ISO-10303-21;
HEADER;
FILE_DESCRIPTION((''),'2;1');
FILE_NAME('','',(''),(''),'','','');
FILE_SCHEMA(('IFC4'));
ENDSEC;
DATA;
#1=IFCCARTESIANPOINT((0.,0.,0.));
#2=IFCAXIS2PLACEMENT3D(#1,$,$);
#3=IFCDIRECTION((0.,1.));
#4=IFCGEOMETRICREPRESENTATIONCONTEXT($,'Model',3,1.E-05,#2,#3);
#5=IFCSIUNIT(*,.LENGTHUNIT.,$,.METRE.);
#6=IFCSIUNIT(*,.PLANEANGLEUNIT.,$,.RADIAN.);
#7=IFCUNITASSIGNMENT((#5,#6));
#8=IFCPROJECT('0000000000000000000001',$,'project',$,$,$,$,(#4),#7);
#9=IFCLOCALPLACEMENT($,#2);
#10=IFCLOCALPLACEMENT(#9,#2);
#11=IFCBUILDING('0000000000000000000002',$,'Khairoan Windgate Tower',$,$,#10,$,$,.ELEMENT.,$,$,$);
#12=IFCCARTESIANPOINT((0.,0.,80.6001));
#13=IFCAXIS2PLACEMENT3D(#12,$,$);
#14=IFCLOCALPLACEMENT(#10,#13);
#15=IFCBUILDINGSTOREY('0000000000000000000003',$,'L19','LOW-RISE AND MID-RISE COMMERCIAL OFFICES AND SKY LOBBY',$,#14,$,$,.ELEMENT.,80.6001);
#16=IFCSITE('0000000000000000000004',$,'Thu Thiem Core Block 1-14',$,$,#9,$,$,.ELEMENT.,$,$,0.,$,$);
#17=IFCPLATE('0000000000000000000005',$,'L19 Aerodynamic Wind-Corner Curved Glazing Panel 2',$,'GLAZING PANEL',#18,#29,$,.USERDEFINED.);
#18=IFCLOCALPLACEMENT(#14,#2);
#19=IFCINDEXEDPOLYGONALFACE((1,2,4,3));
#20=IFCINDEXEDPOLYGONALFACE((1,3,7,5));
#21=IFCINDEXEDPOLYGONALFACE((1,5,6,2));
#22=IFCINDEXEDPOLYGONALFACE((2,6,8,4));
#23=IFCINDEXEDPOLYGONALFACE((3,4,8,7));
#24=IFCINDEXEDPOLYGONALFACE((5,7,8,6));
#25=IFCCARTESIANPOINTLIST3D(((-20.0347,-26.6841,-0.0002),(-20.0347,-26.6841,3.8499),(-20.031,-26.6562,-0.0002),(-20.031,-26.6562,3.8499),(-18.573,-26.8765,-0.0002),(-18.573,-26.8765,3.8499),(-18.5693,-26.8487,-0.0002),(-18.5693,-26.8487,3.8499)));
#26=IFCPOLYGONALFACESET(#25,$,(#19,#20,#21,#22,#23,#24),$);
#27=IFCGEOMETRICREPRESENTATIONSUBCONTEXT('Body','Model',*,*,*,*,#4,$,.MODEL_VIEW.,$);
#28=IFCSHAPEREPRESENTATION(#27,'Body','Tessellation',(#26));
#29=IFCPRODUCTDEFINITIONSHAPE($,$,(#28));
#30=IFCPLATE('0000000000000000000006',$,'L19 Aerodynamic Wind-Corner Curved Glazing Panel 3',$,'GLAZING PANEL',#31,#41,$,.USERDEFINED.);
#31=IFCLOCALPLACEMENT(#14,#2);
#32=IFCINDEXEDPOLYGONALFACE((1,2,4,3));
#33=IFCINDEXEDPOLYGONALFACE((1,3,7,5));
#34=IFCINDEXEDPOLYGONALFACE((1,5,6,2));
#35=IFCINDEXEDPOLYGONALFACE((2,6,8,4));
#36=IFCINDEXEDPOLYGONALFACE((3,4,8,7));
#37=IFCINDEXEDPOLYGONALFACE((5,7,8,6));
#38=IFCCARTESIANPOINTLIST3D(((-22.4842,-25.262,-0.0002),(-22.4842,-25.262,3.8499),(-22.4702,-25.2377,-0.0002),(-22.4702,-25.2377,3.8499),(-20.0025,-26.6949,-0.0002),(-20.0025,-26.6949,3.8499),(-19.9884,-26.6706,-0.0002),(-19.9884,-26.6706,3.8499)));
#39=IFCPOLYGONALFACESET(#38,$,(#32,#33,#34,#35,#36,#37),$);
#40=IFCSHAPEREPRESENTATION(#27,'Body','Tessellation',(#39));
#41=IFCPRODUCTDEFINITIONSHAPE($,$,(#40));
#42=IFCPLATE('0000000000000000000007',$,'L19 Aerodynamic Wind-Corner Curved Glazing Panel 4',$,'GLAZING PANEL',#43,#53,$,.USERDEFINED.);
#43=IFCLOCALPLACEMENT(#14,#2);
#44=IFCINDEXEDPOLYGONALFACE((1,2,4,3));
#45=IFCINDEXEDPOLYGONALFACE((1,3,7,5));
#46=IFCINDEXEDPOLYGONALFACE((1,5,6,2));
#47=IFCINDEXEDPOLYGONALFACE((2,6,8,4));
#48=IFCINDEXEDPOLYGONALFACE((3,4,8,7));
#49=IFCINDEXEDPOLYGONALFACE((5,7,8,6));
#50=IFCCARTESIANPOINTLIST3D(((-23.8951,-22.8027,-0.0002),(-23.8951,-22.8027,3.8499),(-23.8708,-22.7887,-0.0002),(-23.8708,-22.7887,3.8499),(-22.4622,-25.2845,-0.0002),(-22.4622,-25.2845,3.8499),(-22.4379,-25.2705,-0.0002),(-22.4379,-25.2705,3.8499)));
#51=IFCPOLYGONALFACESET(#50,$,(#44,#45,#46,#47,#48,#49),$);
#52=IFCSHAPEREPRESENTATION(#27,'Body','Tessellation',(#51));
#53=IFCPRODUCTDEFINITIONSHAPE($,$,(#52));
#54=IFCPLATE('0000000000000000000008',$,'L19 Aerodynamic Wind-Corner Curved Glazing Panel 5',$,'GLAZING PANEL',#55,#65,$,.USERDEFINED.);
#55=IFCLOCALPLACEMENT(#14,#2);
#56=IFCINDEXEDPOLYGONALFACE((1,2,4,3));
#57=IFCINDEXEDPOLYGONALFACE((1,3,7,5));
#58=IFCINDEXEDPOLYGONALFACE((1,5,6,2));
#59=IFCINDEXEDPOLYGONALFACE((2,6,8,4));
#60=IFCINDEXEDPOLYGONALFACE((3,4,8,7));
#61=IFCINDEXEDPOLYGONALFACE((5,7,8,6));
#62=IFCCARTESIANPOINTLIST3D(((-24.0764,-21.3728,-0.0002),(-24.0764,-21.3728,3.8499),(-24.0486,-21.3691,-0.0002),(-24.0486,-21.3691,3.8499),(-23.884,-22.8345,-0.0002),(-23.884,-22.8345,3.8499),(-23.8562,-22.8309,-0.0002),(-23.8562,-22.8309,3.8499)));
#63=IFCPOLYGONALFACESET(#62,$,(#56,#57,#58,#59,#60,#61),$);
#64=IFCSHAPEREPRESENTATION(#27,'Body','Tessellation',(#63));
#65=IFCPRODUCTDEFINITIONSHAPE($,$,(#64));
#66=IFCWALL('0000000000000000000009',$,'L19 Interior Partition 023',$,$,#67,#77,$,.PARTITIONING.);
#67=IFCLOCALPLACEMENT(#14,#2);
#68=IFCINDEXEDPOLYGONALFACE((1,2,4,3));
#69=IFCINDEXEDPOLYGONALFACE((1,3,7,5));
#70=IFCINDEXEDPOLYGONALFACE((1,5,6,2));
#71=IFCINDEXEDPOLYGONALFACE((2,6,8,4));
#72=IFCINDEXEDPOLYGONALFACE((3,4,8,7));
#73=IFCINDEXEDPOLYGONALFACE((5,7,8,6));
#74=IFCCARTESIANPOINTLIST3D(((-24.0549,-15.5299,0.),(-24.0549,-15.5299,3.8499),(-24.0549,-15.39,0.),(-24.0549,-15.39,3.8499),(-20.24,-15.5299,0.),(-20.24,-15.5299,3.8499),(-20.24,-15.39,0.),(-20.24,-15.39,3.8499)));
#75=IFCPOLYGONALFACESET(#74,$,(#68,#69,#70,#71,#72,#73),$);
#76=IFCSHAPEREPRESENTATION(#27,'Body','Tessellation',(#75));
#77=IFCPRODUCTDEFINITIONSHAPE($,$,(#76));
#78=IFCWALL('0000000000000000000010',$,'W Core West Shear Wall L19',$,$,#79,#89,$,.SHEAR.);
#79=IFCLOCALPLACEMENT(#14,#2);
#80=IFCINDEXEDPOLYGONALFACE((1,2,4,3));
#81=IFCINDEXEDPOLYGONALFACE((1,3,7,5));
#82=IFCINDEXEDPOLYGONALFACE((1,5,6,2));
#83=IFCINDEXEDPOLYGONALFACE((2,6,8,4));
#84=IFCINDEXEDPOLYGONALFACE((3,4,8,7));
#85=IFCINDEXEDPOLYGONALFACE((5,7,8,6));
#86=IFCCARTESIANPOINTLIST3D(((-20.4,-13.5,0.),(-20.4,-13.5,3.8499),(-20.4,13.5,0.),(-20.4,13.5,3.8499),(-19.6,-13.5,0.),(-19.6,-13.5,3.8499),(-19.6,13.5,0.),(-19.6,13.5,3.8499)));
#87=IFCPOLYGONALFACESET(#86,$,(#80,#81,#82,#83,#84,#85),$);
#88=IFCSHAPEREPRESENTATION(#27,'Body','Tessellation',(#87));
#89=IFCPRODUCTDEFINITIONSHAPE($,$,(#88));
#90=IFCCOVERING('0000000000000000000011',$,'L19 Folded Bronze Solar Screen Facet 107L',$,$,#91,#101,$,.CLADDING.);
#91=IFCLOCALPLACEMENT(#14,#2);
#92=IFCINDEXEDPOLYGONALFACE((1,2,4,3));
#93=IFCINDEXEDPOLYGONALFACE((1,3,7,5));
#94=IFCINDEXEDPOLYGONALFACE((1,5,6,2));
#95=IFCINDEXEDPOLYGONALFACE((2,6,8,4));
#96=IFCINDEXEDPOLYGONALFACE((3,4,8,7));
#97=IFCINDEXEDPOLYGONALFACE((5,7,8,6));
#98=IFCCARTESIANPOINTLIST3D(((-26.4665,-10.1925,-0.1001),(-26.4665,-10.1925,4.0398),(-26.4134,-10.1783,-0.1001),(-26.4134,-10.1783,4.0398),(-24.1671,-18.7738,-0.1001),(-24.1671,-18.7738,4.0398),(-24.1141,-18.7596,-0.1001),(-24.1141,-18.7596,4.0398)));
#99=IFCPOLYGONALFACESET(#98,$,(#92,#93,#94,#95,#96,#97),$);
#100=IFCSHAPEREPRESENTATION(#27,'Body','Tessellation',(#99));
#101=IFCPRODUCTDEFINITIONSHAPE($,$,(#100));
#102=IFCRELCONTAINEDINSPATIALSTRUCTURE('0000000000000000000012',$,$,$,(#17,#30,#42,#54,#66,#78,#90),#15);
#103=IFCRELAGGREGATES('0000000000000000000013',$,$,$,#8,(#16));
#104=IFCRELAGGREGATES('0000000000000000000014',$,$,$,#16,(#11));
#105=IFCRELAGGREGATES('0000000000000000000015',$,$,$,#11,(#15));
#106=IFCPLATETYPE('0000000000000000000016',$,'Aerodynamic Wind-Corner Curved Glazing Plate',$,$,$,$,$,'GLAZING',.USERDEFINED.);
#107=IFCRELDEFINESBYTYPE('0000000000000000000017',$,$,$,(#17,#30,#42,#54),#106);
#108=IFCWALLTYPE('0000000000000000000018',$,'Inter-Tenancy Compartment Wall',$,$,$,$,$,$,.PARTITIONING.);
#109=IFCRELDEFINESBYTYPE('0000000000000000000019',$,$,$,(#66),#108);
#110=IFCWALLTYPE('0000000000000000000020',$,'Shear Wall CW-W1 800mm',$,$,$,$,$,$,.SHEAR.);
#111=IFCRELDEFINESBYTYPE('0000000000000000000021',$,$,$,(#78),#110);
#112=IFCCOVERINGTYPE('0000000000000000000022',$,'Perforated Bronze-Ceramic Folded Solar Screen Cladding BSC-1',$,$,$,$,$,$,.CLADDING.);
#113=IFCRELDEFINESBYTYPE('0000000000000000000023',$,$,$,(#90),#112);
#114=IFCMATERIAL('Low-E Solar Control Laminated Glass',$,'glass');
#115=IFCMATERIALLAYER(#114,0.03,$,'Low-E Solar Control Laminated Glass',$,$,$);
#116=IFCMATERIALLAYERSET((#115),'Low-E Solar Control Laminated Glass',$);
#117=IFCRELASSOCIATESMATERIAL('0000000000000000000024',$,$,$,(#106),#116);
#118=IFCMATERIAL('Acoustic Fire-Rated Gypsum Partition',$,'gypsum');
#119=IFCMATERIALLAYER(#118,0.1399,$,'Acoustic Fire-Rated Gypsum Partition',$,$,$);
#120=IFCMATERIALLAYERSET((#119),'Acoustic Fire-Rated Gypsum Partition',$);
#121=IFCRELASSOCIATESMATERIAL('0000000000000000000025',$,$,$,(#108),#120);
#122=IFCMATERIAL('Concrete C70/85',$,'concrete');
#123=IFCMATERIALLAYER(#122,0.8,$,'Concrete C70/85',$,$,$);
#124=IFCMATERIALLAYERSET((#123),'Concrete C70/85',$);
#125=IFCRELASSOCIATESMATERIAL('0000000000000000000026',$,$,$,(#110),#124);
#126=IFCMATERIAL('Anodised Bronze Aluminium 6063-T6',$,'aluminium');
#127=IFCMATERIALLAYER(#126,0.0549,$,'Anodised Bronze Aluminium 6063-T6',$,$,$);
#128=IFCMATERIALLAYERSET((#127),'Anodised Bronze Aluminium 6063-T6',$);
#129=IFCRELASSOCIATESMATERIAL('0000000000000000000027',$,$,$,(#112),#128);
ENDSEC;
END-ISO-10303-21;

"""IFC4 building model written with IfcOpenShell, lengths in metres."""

from ifc_helpers import new_model, si_unit, direction, frame, frame_2d, origin, origin_2d, place, context, subcontext, project, spatial, rectangle, extrude, material, layer, layer_set, type_object, element, save


model = new_model("IFC4")

# Units and contexts
model_context = context("Model", 3, precision=1e-05, world=origin(), true_north=direction((0.0, 1.0)))
body_context = subcontext(model_context, "Body", "Model", "MODEL_VIEW")
ifc_project = project(units=[si_unit("LENGTHUNIT", "METRE"), si_unit("PLANEANGLEUNIT", "RADIAN")], contexts=[model_context])

# Site, building, storey
site_placement = place(None, origin())
site = spatial("IfcSite", under=ifc_project, at=site_placement, Name="Thu Thiem Core Block 1-14", CompositionType="ELEMENT", RefElevation=0.0)
building_placement = place(site_placement, origin())
building = spatial("IfcBuilding", under=site, at=building_placement, Name="Khairoan Windgate Tower", CompositionType="ELEMENT")
storey_placement = place(building_placement, frame((0.0, 0.0, 80.6001)))
storey = spatial("IfcBuildingStorey", under=building, at=storey_placement, Name="L19", Description="LOW-RISE AND MID-RISE COMMERCIAL OFFICES AND SKY LOBBY", CompositionType="ELEMENT", Elevation=80.6001)

# Plates
ifc_material_1 = material(Name="Low-E Solar Control Laminated Glass", Category="glass")
ifc_layer_1 = layer(ifc_material_1, 0.03, Name="Low-E Solar Control Laminated Glass")
ifc_layer_set_1 = layer_set([ifc_layer_1], Name="Low-E Solar Control Laminated Glass")
plate_type_1 = type_object("IfcPlateType", Name="Aerodynamic Wind-Corner Curved Glazing Plate", ElementType="GLAZING", PredefinedType="USERDEFINED", material=ifc_layer_set_1)
plate_1_placement = place(storey_placement, frame((-19.302, -26.7664, -0.0002), z_axis=(0.0, 0.0, 1.0), x_axis=(-0.991445, 0.130526, 0.0)))
element("IfcPlate", 1, at=plate_1_placement, inside=storey, type_object=plate_type_1, Name="L19 Aerodynamic Wind-Corner Curved Glazing Panel 2", ObjectType="GLAZING PANEL", PredefinedType="USERDEFINED", context=body_context, shape_type="SweptSolid", body=[
    extrude(rectangle(XDim=1.4744, YDim=0.0281, at=origin_2d()), origin(), (0.0, 0.0, 1.0), 3.8501),
])
for number, where, z_axis, x_axis, name in (
    (2, (-21.2363, -25.9663, -0.0002), (0.0, 0.0, 1.0), (-0.866025, 0.5, 0.0), "L19 Aerodynamic Wind-Corner Curved Glazing Panel 3"),
    (3, (-23.1665, -24.0366, -0.0002), (0.0, 0.0, 1.0), (-0.5, 0.866025, 0.0), "L19 Aerodynamic Wind-Corner Curved Glazing Panel 4"),
):
    element("IfcPlate", number, at=place(storey_placement, frame(where, z_axis=z_axis, x_axis=x_axis)), inside=storey, type_object=plate_type_1, Name=name, ObjectType="GLAZING PANEL", PredefinedType="USERDEFINED", context=body_context, shape_type="SweptSolid", body=[
        extrude(rectangle(XDim=2.8657, YDim=0.0281, at=origin_2d()), origin(), (0.0, 0.0, 1.0), 3.8501),
    ])
plate_2_placement = place(storey_placement, frame((-23.9663, -22.1018, -0.0002), z_axis=(0.0, 0.0, 1.0), x_axis=(-0.130526, 0.991445, 0.0)))
element("IfcPlate", 4, at=plate_2_placement, inside=storey, type_object=plate_type_1, Name="L19 Aerodynamic Wind-Corner Curved Glazing Panel 5", ObjectType="GLAZING PANEL", PredefinedType="USERDEFINED", context=body_context, shape_type="SweptSolid", body=[
    extrude(rectangle(XDim=1.4744, YDim=0.0281, at=origin_2d()), origin(), (0.0, 0.0, 1.0), 3.8501),
])

# Wall
ifc_material_2 = material(Name="Acoustic Fire-Rated Gypsum Partition", Category="gypsum")
ifc_layer_2 = layer(ifc_material_2, 0.1399, Name="Acoustic Fire-Rated Gypsum Partition")
ifc_layer_set_2 = layer_set([ifc_layer_2], Name="Acoustic Fire-Rated Gypsum Partition")
wall_type_1 = type_object("IfcWallType", Name="Inter-Tenancy Compartment Wall", PredefinedType="PARTITIONING", material=ifc_layer_set_2)
wall_1_placement = place(storey_placement, frame((-24.0549, -15.46, 0.0), z_axis=(0.0, 0.0, 1.0), x_axis=(1.0, 0.0, 0.0)))
element("IfcWall", 5, at=wall_1_placement, inside=storey, type_object=wall_type_1, Name="L19 Interior Partition 023", PredefinedType="PARTITIONING", context=body_context, shape_type="SweptSolid", body=[
    extrude(rectangle(XDim=3.8149, YDim=0.1399, at=frame_2d((1.9075, 0.0))), origin(), (0.0, 0.0, 1.0), 3.8499),
])

# Wall
ifc_material_3 = material(Name="Concrete C70/85", Category="concrete")
ifc_layer_3 = layer(ifc_material_3, 0.8, Name="Concrete C70/85")
ifc_layer_set_3 = layer_set([ifc_layer_3], Name="Concrete C70/85")
wall_type_2 = type_object("IfcWallType", Name="Shear Wall CW-W1 800mm", PredefinedType="SHEAR", material=ifc_layer_set_3)
wall_2_placement = place(storey_placement, frame((-20.0, -13.5, 0.0), z_axis=(0.0, 0.0, 1.0), x_axis=(0.0, 1.0, 0.0)))
element("IfcWall", 6, at=wall_2_placement, inside=storey, type_object=wall_type_2, Name="W Core West Shear Wall L19", PredefinedType="SHEAR", context=body_context, shape_type="SweptSolid", body=[
    extrude(rectangle(XDim=27.0, YDim=0.8, at=frame_2d((13.5, 0.0))), origin(), (0.0, 0.0, 1.0), 3.8499),
])

# Covering
ifc_material_4 = material(Name="Anodised Bronze Aluminium 6063-T6", Category="aluminium")
ifc_layer_4 = layer(ifc_material_4, 0.0549, Name="Anodised Bronze Aluminium 6063-T6")
ifc_layer_set_4 = layer_set([ifc_layer_4], Name="Anodised Bronze Aluminium 6063-T6")
covering_type = type_object("IfcCoveringType", Name="Perforated Bronze-Ceramic Folded Solar Screen Cladding BSC-1", PredefinedType="CLADDING", material=ifc_layer_set_4)
covering_placement = place(storey_placement, frame((-25.2903, -14.4761, -0.1001), z_axis=(0.0, 0.0, 1.0), x_axis=(-0.258819, 0.965926, 0.0)))
element("IfcCovering", 7, at=covering_placement, inside=storey, type_object=covering_type, Name="L19 Folded Bronze Solar Screen Facet 107L", PredefinedType="CLADDING", context=body_context, shape_type="SweptSolid", body=[
    extrude(rectangle(XDim=8.884, YDim=0.0549, at=origin_2d()), origin(), (0.0, 0.0, 1.0), 4.1399),
])

save(model, "model.ifc")
